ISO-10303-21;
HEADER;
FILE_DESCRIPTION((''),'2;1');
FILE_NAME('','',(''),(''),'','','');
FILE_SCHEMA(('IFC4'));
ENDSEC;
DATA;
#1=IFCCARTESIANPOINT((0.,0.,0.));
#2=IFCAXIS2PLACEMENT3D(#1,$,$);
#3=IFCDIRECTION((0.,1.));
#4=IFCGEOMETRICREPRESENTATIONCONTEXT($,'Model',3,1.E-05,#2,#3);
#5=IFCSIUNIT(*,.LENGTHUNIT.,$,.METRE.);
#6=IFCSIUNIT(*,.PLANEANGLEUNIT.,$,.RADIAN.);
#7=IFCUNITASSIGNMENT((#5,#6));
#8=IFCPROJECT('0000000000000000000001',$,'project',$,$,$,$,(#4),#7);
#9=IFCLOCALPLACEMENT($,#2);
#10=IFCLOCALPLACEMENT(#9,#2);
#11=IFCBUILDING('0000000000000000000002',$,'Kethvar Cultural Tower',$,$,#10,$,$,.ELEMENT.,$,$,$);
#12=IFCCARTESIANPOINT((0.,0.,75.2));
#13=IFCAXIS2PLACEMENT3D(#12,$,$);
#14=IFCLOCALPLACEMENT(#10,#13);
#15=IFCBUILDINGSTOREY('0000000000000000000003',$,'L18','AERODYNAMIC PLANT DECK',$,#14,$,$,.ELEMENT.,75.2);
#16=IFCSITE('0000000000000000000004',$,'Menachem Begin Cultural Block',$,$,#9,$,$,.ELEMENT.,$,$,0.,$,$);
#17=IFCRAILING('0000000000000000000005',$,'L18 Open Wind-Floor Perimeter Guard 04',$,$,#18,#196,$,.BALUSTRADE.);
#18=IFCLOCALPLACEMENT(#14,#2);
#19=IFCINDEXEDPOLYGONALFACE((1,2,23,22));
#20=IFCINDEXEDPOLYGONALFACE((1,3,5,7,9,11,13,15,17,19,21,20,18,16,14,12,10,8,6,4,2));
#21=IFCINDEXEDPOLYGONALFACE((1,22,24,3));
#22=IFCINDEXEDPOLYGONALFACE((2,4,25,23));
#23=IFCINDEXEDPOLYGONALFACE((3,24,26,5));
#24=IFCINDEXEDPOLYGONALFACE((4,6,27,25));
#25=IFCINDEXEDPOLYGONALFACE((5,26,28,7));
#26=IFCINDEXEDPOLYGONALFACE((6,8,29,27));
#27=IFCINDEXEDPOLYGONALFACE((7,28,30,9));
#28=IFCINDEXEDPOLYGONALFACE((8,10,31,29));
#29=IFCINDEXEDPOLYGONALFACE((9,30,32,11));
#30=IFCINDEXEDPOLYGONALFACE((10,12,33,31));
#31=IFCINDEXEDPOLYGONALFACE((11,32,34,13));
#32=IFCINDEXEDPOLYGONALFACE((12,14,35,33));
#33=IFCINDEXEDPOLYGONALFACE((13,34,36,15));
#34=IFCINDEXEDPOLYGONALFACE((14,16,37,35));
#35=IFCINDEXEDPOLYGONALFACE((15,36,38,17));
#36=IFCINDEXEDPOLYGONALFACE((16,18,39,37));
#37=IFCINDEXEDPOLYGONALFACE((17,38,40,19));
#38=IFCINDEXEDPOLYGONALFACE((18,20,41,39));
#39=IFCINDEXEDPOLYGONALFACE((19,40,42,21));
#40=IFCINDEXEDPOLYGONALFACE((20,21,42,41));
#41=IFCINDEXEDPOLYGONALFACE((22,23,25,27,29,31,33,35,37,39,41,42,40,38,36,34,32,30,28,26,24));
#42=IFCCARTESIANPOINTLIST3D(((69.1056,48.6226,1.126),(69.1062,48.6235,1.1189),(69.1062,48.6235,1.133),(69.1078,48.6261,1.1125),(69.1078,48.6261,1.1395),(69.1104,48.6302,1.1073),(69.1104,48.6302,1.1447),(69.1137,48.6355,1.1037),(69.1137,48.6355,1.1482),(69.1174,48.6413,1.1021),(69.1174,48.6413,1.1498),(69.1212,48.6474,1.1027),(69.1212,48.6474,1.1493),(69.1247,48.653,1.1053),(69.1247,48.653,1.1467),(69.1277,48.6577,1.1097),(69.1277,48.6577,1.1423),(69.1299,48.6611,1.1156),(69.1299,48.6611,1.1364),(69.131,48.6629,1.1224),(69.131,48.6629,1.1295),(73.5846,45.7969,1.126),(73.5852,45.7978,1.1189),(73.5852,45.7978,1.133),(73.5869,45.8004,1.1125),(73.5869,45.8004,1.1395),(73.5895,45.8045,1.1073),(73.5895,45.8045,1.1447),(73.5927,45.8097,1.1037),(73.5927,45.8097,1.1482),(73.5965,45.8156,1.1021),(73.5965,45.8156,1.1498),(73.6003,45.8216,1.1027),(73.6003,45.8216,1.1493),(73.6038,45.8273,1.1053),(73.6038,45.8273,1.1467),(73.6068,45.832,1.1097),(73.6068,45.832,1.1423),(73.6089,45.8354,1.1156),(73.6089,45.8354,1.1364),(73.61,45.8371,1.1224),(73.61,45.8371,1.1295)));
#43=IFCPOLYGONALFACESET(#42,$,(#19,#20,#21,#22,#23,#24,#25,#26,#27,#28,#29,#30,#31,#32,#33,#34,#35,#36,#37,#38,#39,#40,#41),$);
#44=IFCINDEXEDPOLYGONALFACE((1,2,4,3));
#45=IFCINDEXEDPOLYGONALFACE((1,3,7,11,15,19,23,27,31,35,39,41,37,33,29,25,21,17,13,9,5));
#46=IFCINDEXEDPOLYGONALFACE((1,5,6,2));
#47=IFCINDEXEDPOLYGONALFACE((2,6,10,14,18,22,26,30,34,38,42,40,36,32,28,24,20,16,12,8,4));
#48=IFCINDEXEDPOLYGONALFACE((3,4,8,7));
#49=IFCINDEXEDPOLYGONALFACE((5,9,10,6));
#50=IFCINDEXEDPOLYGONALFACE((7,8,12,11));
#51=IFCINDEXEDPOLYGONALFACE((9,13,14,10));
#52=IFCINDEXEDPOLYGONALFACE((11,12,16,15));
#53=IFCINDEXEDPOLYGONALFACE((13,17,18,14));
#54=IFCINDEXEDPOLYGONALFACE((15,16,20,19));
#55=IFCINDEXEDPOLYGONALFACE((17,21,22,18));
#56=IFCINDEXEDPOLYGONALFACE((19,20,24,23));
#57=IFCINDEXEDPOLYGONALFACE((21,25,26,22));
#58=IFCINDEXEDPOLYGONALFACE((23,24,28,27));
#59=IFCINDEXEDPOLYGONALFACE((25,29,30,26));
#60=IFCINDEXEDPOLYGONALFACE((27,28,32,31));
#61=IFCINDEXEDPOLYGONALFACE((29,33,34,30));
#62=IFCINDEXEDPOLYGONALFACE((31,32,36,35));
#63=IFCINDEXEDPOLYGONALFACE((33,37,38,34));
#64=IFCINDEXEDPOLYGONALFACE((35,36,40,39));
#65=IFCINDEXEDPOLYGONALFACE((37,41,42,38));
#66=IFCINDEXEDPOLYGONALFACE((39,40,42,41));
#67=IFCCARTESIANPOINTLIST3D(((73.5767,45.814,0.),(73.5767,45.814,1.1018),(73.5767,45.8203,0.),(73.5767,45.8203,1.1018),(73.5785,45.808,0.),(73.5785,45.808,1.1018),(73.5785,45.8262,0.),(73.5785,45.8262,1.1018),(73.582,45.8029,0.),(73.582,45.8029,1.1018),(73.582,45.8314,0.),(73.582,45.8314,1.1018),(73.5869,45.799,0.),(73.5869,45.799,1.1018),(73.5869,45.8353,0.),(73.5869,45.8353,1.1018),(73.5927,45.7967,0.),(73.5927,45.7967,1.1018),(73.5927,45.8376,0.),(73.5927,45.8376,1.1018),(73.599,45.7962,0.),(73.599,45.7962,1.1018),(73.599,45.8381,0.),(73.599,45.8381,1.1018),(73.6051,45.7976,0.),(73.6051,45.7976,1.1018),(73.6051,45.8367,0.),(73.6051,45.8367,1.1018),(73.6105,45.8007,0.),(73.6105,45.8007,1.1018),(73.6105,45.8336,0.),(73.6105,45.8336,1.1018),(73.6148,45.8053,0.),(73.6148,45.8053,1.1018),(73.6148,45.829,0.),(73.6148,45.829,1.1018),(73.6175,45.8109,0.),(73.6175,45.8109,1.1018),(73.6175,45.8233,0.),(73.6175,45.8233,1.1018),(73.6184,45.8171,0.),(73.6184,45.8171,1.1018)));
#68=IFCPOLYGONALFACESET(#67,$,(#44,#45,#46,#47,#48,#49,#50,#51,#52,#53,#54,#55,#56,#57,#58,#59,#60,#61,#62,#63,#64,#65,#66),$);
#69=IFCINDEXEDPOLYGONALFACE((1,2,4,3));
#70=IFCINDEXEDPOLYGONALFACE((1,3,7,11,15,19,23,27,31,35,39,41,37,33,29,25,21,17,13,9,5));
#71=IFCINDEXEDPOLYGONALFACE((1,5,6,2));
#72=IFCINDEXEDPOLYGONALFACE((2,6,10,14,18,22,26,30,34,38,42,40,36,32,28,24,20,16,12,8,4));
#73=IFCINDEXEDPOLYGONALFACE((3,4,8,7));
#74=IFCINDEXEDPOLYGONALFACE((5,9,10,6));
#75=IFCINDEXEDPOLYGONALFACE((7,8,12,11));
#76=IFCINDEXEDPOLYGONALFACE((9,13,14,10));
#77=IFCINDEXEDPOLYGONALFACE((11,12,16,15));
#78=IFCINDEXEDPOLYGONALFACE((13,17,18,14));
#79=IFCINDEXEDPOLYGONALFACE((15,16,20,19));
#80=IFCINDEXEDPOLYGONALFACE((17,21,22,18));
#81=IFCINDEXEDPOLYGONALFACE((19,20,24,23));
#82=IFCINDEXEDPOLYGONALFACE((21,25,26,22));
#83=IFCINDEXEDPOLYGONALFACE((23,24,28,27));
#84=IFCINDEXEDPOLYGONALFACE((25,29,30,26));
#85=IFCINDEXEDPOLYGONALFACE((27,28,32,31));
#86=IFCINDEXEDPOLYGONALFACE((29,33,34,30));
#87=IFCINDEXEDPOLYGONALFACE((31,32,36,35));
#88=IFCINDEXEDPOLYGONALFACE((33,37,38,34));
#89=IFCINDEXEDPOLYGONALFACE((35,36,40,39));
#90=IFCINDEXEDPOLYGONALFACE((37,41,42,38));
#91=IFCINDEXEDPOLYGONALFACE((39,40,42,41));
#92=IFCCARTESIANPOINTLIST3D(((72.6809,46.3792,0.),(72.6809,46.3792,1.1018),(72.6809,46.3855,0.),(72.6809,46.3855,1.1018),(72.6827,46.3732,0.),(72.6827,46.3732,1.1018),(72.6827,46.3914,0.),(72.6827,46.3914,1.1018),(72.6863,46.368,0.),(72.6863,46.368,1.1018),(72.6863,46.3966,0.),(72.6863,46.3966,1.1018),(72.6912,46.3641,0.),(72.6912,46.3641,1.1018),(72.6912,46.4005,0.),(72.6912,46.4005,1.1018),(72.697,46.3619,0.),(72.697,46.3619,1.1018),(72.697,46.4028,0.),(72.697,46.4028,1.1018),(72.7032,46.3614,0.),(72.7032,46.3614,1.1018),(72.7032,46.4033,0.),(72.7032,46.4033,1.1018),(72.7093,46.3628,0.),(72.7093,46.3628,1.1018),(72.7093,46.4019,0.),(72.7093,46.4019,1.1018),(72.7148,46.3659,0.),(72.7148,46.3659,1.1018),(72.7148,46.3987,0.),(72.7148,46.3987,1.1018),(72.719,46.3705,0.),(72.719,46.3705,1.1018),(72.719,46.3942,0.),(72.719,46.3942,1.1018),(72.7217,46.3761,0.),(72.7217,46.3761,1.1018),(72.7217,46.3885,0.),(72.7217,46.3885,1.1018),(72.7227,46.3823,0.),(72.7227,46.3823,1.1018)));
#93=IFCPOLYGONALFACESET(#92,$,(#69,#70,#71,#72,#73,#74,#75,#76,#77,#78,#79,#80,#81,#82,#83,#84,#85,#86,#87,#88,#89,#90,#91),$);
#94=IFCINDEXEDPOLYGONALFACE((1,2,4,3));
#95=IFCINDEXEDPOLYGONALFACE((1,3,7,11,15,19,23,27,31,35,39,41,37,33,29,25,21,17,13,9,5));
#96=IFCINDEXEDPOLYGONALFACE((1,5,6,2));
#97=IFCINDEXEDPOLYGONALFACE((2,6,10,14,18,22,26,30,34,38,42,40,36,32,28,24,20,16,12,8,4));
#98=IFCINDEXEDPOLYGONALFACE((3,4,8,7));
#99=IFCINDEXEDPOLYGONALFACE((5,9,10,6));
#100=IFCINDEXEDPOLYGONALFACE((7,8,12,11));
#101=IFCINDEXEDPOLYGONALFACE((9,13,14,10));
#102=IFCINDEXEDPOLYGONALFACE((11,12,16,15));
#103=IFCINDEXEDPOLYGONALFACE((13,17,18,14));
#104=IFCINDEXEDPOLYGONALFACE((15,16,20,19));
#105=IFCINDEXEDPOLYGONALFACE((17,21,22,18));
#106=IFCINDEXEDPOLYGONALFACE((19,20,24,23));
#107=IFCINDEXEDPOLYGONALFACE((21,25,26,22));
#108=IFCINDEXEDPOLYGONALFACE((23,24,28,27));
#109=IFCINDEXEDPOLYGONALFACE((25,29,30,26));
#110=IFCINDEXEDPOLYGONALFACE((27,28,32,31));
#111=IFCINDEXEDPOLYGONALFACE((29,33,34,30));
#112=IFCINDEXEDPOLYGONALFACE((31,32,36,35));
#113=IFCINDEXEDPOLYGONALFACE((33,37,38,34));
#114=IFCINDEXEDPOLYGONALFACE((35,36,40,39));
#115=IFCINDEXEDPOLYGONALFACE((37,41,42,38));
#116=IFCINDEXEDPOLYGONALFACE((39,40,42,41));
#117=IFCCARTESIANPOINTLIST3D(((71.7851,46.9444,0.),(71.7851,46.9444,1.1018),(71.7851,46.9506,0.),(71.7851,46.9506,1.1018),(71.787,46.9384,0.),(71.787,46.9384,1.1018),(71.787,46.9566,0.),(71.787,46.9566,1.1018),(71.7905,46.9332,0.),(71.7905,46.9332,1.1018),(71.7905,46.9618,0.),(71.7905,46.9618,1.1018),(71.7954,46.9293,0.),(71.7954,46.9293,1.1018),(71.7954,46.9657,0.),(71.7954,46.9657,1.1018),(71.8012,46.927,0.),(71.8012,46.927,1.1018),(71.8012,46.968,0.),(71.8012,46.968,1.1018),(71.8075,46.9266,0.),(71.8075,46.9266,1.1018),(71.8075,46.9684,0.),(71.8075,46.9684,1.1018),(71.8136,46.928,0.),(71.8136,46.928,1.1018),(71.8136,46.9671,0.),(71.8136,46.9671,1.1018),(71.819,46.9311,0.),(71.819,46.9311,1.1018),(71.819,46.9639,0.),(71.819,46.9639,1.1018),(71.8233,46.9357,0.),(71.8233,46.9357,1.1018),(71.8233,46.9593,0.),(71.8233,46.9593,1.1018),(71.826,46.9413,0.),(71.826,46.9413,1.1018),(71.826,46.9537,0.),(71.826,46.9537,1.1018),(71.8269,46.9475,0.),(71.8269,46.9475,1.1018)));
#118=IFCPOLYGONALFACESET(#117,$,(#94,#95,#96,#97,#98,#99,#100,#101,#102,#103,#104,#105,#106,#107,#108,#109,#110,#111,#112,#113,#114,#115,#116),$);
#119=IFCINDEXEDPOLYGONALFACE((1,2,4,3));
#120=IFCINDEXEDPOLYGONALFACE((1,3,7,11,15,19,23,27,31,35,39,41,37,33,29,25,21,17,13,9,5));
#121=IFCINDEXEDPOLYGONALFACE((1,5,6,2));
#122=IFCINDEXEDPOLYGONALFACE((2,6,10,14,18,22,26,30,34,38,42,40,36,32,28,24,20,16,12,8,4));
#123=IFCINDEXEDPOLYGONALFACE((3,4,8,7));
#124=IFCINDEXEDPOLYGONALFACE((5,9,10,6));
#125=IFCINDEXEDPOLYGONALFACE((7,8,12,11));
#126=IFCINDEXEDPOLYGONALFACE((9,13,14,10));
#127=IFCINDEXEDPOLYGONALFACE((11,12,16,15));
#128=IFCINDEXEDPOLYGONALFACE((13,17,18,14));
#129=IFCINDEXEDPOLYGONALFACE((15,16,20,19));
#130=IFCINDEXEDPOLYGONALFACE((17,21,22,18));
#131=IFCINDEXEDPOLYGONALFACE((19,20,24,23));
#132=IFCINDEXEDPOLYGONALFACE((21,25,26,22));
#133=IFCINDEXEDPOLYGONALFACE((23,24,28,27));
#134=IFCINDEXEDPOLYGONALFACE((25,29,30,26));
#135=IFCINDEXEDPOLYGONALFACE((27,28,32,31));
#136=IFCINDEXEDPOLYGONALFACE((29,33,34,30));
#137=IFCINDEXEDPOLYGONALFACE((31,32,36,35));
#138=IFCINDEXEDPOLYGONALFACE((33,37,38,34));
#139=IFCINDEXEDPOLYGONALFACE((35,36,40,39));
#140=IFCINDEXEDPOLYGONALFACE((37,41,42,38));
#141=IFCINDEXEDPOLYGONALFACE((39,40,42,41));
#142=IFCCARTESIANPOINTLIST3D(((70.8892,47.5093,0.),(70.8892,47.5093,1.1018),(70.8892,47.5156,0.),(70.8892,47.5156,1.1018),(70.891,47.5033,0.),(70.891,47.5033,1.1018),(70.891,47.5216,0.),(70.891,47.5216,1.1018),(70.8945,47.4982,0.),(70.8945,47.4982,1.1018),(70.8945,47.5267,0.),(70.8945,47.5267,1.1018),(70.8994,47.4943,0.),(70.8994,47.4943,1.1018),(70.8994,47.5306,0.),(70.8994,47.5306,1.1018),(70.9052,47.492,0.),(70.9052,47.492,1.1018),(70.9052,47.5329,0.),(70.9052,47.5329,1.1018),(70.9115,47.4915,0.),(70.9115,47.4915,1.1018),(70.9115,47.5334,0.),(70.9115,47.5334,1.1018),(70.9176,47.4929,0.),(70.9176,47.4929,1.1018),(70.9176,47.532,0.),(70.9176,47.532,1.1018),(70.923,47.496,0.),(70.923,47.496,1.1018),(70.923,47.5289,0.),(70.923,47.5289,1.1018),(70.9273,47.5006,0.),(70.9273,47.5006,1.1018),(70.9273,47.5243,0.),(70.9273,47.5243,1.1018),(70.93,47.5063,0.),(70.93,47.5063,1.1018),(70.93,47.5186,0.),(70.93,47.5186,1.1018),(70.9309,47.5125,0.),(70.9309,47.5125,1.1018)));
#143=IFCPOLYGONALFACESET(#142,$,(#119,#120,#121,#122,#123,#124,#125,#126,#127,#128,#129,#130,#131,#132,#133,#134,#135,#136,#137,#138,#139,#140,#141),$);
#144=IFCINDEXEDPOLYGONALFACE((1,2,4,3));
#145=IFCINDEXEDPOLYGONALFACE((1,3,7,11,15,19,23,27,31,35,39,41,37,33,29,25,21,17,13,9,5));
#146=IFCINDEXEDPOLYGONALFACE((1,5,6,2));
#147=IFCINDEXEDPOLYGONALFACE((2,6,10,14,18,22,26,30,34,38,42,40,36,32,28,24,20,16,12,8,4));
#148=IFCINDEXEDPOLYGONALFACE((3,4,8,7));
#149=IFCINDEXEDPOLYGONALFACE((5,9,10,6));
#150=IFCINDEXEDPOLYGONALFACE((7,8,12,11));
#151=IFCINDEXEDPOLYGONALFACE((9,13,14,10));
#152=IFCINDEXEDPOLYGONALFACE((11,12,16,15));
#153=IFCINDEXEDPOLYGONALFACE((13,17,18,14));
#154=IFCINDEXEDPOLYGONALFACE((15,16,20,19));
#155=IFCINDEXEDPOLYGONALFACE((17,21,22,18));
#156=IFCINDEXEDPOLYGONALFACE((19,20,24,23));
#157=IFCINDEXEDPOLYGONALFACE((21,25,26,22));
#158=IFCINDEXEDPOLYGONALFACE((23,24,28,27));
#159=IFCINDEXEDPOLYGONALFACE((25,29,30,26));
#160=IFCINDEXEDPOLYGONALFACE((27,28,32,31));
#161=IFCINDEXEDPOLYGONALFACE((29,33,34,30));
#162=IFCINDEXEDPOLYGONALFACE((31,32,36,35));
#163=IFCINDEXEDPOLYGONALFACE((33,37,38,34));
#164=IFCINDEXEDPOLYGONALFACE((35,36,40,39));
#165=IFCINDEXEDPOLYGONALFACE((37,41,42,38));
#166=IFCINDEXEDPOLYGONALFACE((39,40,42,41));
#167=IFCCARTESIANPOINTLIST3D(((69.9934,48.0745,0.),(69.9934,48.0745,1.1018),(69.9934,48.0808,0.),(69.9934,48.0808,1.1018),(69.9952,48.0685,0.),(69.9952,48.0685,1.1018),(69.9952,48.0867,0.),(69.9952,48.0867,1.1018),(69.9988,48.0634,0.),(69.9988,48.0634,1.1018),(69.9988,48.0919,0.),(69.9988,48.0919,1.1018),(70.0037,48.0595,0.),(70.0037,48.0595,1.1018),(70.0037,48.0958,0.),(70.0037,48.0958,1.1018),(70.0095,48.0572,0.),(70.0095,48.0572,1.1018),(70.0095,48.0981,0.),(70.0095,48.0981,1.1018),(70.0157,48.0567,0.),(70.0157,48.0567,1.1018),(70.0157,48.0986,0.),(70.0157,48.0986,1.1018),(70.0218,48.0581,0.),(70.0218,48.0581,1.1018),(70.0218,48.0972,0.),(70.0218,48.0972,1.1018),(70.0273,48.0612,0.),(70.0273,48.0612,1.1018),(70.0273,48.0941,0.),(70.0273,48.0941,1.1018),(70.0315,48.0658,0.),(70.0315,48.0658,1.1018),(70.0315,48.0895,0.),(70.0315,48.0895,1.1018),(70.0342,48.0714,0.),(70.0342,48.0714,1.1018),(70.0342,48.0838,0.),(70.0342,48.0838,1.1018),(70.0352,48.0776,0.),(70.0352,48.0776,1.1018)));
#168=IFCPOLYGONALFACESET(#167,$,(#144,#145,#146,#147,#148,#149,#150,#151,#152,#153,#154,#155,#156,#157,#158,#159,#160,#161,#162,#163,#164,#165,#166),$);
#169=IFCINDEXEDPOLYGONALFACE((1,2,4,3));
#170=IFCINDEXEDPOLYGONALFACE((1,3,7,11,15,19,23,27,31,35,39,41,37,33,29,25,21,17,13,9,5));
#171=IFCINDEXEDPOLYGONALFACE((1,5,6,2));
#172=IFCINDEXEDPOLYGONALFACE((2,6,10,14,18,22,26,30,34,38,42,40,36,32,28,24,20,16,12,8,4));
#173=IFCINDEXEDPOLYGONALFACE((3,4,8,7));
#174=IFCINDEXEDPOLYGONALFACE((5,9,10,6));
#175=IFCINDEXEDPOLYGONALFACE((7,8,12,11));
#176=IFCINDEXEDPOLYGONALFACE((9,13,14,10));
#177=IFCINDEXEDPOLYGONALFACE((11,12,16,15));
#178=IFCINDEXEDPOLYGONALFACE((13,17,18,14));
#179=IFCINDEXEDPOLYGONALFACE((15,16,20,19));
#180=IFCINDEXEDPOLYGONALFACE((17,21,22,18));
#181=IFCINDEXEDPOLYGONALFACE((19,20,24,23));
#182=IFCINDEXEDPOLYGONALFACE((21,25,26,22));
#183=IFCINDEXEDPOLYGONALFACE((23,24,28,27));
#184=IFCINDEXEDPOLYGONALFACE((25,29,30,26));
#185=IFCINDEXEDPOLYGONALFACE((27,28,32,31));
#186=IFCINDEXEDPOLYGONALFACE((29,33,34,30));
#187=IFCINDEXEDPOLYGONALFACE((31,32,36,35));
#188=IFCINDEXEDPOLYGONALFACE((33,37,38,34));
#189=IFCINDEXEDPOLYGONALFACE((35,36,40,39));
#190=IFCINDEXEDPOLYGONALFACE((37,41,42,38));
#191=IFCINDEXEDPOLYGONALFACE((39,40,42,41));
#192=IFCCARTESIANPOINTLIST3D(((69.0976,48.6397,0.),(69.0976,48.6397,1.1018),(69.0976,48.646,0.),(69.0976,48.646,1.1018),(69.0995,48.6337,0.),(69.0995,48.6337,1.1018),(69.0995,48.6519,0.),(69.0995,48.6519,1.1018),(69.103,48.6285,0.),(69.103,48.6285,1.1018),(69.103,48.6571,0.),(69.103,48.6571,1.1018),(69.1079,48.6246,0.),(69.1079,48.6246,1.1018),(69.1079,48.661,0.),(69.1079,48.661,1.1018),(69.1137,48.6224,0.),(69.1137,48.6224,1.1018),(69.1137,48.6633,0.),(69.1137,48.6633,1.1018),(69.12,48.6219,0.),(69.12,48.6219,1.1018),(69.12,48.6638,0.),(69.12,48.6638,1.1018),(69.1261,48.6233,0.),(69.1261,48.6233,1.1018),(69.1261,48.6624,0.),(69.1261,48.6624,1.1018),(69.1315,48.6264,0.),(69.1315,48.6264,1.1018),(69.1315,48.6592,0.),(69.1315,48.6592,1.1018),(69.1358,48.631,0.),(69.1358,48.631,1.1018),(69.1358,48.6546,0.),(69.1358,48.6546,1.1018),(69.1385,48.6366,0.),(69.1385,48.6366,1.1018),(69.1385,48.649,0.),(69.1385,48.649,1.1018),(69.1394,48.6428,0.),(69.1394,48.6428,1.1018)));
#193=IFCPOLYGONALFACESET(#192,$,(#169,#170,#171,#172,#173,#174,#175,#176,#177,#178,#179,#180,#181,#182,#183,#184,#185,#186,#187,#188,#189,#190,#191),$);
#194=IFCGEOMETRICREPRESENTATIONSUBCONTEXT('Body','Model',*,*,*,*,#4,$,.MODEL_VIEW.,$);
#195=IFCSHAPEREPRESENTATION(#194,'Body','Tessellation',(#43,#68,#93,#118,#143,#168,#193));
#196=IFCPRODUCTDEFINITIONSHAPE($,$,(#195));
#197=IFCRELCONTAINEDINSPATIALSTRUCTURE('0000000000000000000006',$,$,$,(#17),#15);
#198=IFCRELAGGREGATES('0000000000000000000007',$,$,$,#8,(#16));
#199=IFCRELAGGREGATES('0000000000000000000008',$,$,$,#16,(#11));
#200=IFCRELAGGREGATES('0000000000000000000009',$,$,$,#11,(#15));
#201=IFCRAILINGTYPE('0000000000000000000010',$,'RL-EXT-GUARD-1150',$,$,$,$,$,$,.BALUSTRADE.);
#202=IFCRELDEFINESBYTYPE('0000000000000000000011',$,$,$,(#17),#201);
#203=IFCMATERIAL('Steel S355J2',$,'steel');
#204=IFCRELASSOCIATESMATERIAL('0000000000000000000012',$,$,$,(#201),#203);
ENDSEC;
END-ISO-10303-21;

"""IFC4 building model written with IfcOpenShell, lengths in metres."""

from ifc_helpers import new_model, si_unit, direction, frame, origin, origin_2d, place, context, subcontext, project, spatial, circle, extrude, material, type_object, element, save


model = new_model("IFC4")

# Units and contexts
model_context = context("Model", 3, precision=1e-05, world=origin(), true_north=direction((0.0, 1.0)))
body_context = subcontext(model_context, "Body", "Model", "MODEL_VIEW")
ifc_project = project(units=[si_unit("LENGTHUNIT", "METRE"), si_unit("PLANEANGLEUNIT", "RADIAN")], contexts=[model_context])

# Site, building, storey
site_placement = place(None, origin())
site = spatial("IfcSite", under=ifc_project, at=site_placement, Name="Menachem Begin Cultural Block", CompositionType="ELEMENT", RefElevation=0.0)
building_placement = place(site_placement, origin())
building = spatial("IfcBuilding", under=site, at=building_placement, Name="Kethvar Cultural Tower", CompositionType="ELEMENT")
storey_placement = place(building_placement, frame((0.0, 0.0, 75.2)))
storey = spatial("IfcBuildingStorey", under=building, at=storey_placement, Name="L18", Description="AERODYNAMIC PLANT DECK", CompositionType="ELEMENT", Elevation=75.2)

# Shared definitions
ifc_material_1 = material(Name="Steel S355J2", Category="steel")

# Railing
railing_type = type_object("IfcRailingType", Name="RL-EXT-GUARD-1150", PredefinedType="BALUSTRADE", material=ifc_material_1)
railing_1_placement = place(storey_placement, frame((73.5974, 45.8171, 0.0)))
element("IfcRailing", 1, at=railing_1_placement, inside=storey, type_object=railing_type, Name="L18 Open Wind-Floor Perimeter Guard 04", PredefinedType="BALUSTRADE", context=body_context, shape_type="SweptSolid", body=[
    extrude(circle(Radius=0.0239, at=origin_2d()), frame((0.0, 0.0, 1.126), z_axis=(-0.845758, 0.533566, 0.0), x_axis=(-0.533566, -0.845758, 0.0)), (0.0, 0.0, 1.0), 5.2959),
    extrude(circle(Radius=0.021, at=origin_2d()), origin(), (0.0, 0.0, 1.0), 1.1018),
    extrude(circle(Radius=0.021, at=origin_2d()), frame((-0.8958, 0.5652, 0.0)), (0.0, 0.0, 1.0), 1.1018),
    extrude(circle(Radius=0.021, at=origin_2d()), frame((-1.7915, 1.1304, 0.0)), (0.0, 0.0, 1.0), 1.1018),
    extrude(circle(Radius=0.021, at=origin_2d()), frame((-2.6875, 1.6953, 0.0)), (0.0, 0.0, 1.0), 1.1018),
    extrude(circle(Radius=0.021, at=origin_2d()), frame((-3.5833, 2.2605, 0.0)), (0.0, 0.0, 1.0), 1.1018),
    extrude(circle(Radius=0.021, at=origin_2d()), frame((-4.479, 2.8257, 0.0)), (0.0, 0.0, 1.0), 1.1018),
])

save(model, "model.ifc")
